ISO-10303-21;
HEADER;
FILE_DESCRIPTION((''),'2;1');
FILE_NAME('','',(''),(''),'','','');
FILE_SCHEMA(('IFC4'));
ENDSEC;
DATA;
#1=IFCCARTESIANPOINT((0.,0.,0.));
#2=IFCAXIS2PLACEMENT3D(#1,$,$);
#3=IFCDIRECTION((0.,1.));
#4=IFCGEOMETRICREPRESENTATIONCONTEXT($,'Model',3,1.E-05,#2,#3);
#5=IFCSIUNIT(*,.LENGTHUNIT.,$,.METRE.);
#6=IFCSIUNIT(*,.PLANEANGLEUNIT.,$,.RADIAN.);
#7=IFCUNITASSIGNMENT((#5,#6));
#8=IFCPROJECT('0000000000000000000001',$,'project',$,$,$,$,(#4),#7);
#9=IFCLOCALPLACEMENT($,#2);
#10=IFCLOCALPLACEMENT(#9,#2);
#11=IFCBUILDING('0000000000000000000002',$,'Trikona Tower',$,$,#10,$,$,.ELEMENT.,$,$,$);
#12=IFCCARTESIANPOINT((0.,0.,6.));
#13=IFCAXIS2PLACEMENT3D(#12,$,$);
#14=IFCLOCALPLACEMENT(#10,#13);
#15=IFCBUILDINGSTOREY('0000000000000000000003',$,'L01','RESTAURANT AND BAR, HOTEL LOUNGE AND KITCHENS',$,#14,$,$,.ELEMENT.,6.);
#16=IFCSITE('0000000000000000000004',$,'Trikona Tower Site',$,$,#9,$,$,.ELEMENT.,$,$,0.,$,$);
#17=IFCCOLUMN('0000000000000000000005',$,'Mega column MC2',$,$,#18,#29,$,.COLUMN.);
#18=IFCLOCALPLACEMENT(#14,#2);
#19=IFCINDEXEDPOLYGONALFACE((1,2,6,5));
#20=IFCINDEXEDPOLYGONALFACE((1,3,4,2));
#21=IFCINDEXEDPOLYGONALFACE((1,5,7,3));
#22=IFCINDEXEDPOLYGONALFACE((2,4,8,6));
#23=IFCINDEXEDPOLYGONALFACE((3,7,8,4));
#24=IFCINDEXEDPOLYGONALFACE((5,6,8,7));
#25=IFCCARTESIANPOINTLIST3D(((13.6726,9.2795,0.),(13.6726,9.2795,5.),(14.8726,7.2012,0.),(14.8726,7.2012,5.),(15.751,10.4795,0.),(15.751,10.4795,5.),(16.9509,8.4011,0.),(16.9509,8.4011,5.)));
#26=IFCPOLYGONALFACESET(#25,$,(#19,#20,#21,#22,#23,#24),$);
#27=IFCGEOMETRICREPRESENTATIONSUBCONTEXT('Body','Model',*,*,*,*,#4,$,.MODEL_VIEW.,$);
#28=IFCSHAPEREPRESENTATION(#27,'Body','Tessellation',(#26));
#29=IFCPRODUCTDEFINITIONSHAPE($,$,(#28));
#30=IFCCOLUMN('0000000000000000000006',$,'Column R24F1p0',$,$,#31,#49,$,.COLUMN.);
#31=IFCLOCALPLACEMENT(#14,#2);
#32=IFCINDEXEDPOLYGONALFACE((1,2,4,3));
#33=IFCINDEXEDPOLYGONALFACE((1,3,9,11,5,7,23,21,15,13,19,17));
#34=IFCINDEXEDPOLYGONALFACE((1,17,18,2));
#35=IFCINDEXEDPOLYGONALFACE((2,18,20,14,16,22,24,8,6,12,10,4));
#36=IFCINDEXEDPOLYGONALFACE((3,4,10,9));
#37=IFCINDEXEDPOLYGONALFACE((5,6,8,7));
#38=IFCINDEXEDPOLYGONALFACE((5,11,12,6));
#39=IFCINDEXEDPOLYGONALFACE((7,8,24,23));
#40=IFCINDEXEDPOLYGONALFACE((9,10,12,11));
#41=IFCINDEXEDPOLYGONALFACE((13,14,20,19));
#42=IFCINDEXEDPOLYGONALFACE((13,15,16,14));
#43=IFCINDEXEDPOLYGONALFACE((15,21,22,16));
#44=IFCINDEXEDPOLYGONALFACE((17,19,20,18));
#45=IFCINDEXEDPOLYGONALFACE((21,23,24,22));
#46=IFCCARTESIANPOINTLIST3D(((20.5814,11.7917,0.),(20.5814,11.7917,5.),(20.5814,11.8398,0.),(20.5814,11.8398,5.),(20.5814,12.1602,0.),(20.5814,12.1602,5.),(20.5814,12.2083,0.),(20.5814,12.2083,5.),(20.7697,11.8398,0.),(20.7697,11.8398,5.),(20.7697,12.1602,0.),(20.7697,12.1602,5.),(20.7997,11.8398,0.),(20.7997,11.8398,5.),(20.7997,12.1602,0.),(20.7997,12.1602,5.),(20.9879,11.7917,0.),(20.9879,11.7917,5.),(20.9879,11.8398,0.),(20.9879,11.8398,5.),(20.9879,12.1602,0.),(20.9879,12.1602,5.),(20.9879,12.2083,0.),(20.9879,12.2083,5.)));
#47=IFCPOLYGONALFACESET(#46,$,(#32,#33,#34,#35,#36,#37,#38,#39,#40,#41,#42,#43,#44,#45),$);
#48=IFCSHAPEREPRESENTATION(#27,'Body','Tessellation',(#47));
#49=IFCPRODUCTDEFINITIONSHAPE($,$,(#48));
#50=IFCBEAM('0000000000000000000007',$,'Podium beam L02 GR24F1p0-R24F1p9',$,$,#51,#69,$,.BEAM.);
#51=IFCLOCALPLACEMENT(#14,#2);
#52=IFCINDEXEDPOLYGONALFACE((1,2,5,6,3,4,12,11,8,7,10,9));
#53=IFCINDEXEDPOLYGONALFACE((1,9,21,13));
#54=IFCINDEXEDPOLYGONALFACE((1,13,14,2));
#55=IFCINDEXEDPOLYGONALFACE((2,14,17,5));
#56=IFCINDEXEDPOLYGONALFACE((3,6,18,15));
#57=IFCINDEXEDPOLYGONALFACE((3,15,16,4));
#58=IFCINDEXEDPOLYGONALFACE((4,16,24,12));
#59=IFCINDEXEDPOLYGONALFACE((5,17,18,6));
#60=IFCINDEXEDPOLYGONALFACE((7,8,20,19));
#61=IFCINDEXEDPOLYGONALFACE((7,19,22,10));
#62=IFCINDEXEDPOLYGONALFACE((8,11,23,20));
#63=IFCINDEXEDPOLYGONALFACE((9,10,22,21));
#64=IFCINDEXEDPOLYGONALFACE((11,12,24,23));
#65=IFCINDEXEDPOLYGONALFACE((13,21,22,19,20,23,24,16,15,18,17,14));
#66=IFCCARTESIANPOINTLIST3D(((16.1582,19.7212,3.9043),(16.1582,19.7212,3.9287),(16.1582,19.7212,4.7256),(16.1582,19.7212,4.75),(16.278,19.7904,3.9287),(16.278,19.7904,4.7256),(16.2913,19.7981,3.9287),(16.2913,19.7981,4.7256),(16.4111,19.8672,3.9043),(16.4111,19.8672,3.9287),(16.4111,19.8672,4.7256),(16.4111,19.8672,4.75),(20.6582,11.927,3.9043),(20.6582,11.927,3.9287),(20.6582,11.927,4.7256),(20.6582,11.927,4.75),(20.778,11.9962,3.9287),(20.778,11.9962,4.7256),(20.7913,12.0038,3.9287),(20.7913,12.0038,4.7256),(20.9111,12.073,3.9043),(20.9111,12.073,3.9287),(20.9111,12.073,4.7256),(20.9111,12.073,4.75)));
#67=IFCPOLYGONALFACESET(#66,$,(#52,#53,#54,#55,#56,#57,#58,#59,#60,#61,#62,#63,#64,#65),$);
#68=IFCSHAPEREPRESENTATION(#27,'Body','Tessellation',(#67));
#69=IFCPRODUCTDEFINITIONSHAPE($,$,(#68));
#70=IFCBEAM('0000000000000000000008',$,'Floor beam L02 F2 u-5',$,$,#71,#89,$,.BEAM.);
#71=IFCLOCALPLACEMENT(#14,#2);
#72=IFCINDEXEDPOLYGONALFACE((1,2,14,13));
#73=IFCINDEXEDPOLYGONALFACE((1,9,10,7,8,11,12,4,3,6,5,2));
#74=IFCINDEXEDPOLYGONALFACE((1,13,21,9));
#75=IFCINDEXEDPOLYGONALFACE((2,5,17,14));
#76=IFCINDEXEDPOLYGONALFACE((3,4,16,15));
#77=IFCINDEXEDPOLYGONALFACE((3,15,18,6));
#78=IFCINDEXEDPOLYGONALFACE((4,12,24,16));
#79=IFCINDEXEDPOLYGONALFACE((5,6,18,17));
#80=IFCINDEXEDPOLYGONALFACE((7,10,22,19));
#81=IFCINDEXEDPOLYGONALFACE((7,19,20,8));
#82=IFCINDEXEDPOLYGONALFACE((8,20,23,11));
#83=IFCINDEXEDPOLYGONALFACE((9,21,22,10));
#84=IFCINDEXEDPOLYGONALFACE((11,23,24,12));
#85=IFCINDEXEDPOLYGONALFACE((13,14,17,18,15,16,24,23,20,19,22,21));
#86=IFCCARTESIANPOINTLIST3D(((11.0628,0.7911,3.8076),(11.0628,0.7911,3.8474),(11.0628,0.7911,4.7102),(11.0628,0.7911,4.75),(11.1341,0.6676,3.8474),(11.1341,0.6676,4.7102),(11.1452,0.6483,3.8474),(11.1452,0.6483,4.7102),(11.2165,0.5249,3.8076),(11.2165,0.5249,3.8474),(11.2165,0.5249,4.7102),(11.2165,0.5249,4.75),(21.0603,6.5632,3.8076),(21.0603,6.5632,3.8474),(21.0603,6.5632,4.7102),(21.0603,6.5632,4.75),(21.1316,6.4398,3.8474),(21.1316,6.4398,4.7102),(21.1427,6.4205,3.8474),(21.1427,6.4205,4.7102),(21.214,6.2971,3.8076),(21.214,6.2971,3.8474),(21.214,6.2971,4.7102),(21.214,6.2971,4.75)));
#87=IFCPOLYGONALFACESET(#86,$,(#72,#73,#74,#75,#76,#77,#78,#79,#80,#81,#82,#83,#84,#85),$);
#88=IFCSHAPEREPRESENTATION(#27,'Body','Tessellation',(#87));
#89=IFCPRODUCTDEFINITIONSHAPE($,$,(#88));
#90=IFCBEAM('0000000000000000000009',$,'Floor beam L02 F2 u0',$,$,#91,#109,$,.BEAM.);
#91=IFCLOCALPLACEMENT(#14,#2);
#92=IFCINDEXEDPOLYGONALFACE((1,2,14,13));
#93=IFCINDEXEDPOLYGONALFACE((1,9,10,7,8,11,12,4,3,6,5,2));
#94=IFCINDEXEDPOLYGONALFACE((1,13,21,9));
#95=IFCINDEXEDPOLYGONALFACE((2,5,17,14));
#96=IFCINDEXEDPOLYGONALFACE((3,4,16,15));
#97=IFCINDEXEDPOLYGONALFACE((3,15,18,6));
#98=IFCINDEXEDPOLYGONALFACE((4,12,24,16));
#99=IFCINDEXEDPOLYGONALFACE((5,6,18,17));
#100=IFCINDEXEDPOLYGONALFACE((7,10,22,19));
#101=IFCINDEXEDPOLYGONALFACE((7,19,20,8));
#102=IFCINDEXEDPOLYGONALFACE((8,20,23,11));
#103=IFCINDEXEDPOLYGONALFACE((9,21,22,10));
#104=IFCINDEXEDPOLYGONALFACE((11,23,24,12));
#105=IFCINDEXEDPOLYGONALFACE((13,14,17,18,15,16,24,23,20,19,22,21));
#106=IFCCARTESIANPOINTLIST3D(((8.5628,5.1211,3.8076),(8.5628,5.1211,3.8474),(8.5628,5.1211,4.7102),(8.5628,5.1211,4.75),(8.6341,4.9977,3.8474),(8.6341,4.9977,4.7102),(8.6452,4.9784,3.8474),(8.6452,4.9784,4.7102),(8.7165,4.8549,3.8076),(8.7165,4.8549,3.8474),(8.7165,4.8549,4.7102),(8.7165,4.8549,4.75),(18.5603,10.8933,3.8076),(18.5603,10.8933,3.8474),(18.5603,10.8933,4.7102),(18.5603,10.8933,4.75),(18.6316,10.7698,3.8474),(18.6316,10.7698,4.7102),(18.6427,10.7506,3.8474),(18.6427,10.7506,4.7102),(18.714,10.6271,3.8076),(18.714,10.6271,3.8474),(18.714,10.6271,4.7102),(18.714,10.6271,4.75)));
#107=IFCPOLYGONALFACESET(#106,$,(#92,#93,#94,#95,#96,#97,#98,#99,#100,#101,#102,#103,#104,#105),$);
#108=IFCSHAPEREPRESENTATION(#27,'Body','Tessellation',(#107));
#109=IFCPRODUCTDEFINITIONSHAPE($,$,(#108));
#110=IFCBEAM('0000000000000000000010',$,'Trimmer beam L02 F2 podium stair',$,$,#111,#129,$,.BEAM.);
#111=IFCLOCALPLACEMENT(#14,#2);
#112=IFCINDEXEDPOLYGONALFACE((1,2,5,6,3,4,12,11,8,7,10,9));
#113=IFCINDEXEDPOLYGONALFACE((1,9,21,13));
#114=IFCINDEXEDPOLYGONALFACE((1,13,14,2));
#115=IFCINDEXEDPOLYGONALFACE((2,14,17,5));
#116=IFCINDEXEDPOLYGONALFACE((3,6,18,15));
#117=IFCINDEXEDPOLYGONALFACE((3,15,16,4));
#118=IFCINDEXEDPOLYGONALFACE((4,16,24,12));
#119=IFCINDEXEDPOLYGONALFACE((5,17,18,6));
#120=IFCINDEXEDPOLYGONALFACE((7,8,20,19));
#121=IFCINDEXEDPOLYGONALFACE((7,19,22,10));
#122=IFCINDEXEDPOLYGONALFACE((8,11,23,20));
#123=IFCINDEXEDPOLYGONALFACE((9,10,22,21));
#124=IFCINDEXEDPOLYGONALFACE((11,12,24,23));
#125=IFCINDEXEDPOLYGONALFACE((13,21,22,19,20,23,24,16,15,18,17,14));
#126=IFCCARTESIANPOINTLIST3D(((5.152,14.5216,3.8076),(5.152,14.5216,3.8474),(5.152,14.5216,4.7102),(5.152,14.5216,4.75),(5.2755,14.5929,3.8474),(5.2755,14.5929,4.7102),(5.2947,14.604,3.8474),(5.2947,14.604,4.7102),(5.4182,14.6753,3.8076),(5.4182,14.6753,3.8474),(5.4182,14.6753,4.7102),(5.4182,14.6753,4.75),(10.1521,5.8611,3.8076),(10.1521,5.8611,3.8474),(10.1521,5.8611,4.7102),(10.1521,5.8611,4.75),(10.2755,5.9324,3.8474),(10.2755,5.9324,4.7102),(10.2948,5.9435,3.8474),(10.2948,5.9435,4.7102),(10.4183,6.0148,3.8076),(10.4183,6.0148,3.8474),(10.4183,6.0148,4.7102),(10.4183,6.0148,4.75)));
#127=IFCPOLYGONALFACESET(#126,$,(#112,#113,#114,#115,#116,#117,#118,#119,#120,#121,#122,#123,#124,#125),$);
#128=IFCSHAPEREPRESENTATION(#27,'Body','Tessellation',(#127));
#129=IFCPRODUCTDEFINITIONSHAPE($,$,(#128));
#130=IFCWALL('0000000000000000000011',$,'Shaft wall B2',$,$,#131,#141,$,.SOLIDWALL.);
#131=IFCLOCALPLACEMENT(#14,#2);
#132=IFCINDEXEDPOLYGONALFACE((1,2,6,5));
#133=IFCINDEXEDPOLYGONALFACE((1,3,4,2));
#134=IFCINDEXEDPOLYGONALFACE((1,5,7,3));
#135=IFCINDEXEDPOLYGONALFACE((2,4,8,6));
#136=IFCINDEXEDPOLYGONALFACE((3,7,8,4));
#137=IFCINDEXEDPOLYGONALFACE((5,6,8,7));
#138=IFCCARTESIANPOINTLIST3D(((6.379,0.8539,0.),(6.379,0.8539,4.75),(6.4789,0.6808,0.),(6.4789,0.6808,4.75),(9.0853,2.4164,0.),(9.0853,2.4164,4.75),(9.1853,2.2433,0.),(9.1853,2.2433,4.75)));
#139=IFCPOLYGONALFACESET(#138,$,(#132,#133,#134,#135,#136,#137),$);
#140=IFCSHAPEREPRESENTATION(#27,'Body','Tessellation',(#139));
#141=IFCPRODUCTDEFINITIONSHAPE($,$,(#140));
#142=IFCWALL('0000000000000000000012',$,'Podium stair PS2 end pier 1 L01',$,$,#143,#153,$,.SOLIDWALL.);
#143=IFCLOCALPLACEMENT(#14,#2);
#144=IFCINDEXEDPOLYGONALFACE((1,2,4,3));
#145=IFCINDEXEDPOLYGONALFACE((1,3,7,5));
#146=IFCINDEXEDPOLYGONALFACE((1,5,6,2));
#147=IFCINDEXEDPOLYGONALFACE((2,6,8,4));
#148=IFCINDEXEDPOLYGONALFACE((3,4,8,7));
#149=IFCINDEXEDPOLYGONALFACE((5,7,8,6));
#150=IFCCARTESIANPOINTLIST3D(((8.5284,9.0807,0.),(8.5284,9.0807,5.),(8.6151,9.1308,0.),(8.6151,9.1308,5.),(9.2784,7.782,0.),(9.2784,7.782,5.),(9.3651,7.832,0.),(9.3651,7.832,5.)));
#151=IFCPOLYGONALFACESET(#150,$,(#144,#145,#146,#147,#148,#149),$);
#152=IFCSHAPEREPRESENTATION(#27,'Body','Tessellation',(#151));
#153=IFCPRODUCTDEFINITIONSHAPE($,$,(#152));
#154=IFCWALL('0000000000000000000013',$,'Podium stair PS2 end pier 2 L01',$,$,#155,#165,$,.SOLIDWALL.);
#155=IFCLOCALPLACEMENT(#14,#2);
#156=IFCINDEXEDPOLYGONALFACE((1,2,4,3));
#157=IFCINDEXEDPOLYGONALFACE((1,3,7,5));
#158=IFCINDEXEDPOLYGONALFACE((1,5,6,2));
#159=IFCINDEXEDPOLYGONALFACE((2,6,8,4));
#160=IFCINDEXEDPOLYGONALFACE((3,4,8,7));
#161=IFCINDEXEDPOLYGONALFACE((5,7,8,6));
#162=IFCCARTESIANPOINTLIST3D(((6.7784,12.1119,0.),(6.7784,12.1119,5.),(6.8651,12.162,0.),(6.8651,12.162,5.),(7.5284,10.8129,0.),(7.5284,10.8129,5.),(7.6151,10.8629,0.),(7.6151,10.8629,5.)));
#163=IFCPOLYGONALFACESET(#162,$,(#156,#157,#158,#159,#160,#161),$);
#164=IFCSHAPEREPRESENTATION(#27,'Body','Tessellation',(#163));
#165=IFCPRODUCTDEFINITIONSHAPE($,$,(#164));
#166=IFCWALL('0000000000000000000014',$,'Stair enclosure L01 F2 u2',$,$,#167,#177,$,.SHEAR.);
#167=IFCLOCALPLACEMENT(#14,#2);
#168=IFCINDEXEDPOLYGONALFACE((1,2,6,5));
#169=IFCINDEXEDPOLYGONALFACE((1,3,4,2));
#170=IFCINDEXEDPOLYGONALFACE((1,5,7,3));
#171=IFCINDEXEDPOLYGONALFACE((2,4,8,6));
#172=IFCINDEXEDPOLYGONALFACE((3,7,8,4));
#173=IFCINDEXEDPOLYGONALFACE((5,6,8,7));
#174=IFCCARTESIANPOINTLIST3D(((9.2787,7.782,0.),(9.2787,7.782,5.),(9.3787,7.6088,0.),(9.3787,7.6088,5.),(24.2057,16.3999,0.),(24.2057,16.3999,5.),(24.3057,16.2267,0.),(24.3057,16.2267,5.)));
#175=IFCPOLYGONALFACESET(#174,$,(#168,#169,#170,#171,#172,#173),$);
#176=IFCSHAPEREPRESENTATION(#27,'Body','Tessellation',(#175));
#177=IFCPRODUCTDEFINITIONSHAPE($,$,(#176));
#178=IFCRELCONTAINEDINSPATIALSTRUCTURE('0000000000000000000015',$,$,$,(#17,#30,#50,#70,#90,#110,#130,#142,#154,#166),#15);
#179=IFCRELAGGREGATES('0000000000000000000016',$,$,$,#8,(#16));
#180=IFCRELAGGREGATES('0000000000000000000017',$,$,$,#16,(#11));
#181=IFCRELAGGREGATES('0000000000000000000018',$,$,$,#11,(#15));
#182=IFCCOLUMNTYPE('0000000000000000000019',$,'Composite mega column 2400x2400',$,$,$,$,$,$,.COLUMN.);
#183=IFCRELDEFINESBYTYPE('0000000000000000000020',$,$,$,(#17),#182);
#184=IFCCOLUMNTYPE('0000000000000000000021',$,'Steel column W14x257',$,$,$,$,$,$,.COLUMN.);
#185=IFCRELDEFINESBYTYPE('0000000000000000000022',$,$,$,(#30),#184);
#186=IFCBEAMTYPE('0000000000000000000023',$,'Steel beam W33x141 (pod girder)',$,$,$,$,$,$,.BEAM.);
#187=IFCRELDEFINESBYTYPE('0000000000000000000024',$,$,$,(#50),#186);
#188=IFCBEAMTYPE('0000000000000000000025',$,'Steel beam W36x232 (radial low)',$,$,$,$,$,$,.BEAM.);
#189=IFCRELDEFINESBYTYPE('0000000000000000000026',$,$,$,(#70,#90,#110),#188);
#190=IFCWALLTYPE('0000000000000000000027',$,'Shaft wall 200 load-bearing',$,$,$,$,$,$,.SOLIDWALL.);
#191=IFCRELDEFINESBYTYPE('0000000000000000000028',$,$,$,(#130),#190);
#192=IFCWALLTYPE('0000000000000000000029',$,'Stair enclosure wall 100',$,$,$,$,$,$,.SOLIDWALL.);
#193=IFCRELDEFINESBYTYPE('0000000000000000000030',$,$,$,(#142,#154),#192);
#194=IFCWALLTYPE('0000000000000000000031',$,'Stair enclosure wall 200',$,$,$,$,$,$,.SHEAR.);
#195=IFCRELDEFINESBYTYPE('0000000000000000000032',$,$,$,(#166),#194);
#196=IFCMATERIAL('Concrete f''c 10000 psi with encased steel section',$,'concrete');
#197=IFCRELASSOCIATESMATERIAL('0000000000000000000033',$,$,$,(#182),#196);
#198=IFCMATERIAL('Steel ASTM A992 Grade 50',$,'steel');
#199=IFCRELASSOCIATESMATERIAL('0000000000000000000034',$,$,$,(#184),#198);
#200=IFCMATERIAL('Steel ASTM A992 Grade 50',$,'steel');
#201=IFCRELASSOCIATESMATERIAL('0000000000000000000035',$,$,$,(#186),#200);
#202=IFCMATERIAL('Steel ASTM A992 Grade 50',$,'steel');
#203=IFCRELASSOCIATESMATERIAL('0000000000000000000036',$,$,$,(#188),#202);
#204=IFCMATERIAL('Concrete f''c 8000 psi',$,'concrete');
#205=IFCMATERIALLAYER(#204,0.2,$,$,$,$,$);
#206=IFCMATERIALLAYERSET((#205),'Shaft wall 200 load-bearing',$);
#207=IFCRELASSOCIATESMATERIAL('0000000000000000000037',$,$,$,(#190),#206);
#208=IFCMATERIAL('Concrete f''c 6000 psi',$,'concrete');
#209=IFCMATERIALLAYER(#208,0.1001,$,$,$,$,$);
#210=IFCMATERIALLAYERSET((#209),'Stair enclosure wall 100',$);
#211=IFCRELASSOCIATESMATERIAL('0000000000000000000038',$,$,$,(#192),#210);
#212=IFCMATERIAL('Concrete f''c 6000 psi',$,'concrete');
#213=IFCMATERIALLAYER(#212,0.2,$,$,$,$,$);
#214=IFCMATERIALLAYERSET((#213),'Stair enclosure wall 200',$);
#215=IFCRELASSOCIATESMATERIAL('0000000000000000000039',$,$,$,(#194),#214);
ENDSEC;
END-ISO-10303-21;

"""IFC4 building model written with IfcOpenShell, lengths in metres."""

from ifc_helpers import new_model, si_unit, direction, frame, frame_2d, origin, origin_2d, place, context, subcontext, project, spatial, rectangle, i_section, extrude, material, layer, layer_set, material_profile, profile_set, type_object, element, save


model = new_model("IFC4")

# Units and contexts
model_context = context("Model", 3, precision=1e-05, world=origin(), true_north=direction((0.0, 1.0)))
body_context = subcontext(model_context, "Body", "Model", "MODEL_VIEW")
ifc_project = project(units=[si_unit("LENGTHUNIT", "METRE"), si_unit("PLANEANGLEUNIT", "RADIAN")], contexts=[model_context])

# Site, building, storey
site_placement = place(None, origin())
site = spatial("IfcSite", under=ifc_project, at=site_placement, Name="Trikona Tower Site", CompositionType="ELEMENT", RefElevation=0.0)
building_placement = place(site_placement, origin())
building = spatial("IfcBuilding", under=site, at=building_placement, Name="Trikona Tower", CompositionType="ELEMENT")
storey_placement = place(building_placement, frame((0.0, 0.0, 6.0)))
storey = spatial("IfcBuildingStorey", under=building, at=storey_placement, Name="L01", Description="RESTAURANT AND BAR, HOTEL LOUNGE AND KITCHENS", CompositionType="ELEMENT", Elevation=6.0)

# Columns
ifc_material_1 = material(Name="Concrete f'c 10000 psi with encased steel section", Category="concrete")
ifc_material_profile_1 = material_profile(ifc_material_1, rectangle(XDim=2.3999, YDim=2.3999, at=origin_2d()), Name="MC2400")
ifc_profile_set_1 = profile_set([ifc_material_profile_1], Name="Concrete f'c 10000 psi with encased steel section")
column_type_1 = type_object("IfcColumnType", Name="Composite mega column 2400x2400", PredefinedType="COLUMN", material=ifc_profile_set_1)
column_1_placement = place(storey_placement, frame((15.3118, 8.8403, 0.0), z_axis=(0.0, 0.0, 1.0), x_axis=(0.866025, 0.5, 0.0)))
element("IfcColumn", 1, at=column_1_placement, inside=storey, type_object=column_type_1, Name="Mega column MC2", PredefinedType="COLUMN", context=body_context, shape_type="SweptSolid", body=[
    extrude(rectangle(XDim=2.3999, YDim=2.3999, at=origin_2d()), origin(), (0.0, 0.0, 1.0), 5.0),
])
ifc_material_2 = material(Name="Steel ASTM A992 Grade 50", Category="steel")
ifc_material_profile_2 = material_profile(ifc_material_2, i_section(OverallWidth=0.4065, OverallDepth=0.4165, WebThickness=0.03, FlangeThickness=0.0481, at=origin_2d()), Name="W14X257")
ifc_profile_set_2 = profile_set([ifc_material_profile_2], Name="Steel ASTM A992 Grade 50")
column_type_2 = type_object("IfcColumnType", Name="Steel column W14x257", PredefinedType="COLUMN", material=ifc_profile_set_2)
column_2_placement = place(storey_placement, frame((20.7847, 12.0, 0.0), z_axis=(0.0, 0.0, 1.0), x_axis=(1.0, 0.0, 0.0)))
element("IfcColumn", 2, at=column_2_placement, inside=storey, type_object=column_type_2, Name="Column R24F1p0", PredefinedType="COLUMN", context=body_context, shape_type="SweptSolid", body=[
    extrude(i_section(OverallWidth=0.4065, OverallDepth=0.4165, WebThickness=0.03, FlangeThickness=0.0481, at=origin_2d()), origin(), (0.0, 0.0, 1.0), 5.0),
])

# Beams
ifc_material_3 = material(Name="Steel ASTM A992 Grade 50", Category="steel")
ifc_material_profile_3 = material_profile(ifc_material_3, i_section(OverallWidth=0.292, OverallDepth=0.8457, WebThickness=0.0154, FlangeThickness=0.0244, at=origin_2d()), Name="W33X141")
ifc_profile_set_3 = profile_set([ifc_material_profile_3], Name="Steel ASTM A992 Grade 50")
beam_type_1 = type_object("IfcBeamType", Name="Steel beam W33x141 (pod girder)", PredefinedType="BEAM", material=ifc_profile_set_3)
beam_1_placement = place(storey_placement, frame((20.7847, 12.0, 4.3271), z_axis=(-0.500002, 0.866024, 0.0), x_axis=(-0.866024, -0.500002, 0.0)))
element("IfcBeam", 3, at=beam_1_placement, inside=storey, type_object=beam_type_1, Name="Podium beam L02 GR24F1p0-R24F1p9", PredefinedType="BEAM", context=body_context, shape_type="SweptSolid", body=[
    extrude(i_section(OverallWidth=0.292, OverallDepth=0.8457, WebThickness=0.0154, FlangeThickness=0.0244, at=origin_2d()), origin(), (0.0, 0.0, 1.0), 9.0),
])
ifc_material_4 = material(Name="Steel ASTM A992 Grade 50", Category="steel")
ifc_material_profile_4 = material_profile(ifc_material_4, i_section(OverallWidth=0.3074, OverallDepth=0.9424, WebThickness=0.0222, FlangeThickness=0.0398, at=origin_2d()), Name="W36X232")
ifc_profile_set_4 = profile_set([ifc_material_profile_4], Name="Steel ASTM A992 Grade 50")
beam_type_2 = type_object("IfcBeamType", Name="Steel beam W36x232 (radial low)", PredefinedType="BEAM", material=ifc_profile_set_4)
for number, where, z_axis, x_axis, name in (
    (4, (11.1396, 0.658, 4.2788), (0.866021, 0.500008, 0.0), (-0.500008, 0.866021, 0.0), "Floor beam L02 F2 u-5"),
    (5, (8.6396, 4.988, 4.2788), (0.866021, 0.500008, 0.0), (-0.500008, 0.866021, 0.0), "Floor beam L02 F2 u0"),
):
    element("IfcBeam", number, at=place(storey_placement, frame(where, z_axis=z_axis, x_axis=x_axis)), inside=storey, type_object=beam_type_2, Name=name, PredefinedType="BEAM", context=body_context, shape_type="SweptSolid", body=[
        extrude(i_section(OverallWidth=0.3074, OverallDepth=0.9424, WebThickness=0.0222, FlangeThickness=0.0398, at=origin_2d()), origin(), (0.0, 0.0, 1.0), 11.5442),
    ])
beam_2_placement = place(storey_placement, frame((10.2852, 5.938, 4.2788), z_axis=(-0.499994, 0.866029, 0.0), x_axis=(-0.866029, -0.499994, 0.0)))
element("IfcBeam", 6, at=beam_2_placement, inside=storey, type_object=beam_type_2, Name="Trimmer beam L02 F2 podium stair", PredefinedType="BEAM", context=body_context, shape_type="SweptSolid", body=[
    extrude(i_section(OverallWidth=0.3074, OverallDepth=0.9424, WebThickness=0.0222, FlangeThickness=0.0398, at=origin_2d()), origin(), (0.0, 0.0, 1.0), 10.0002),
])

# Walls
ifc_material_5 = material(Name="Concrete f'c 8000 psi", Category="concrete")
ifc_layer_1 = layer(ifc_material_5, 0.2)
ifc_layer_set_1 = layer_set([ifc_layer_1], Name="Shaft wall 200 load-bearing")
wall_type_1 = type_object("IfcWallType", Name="Shaft wall 200 load-bearing", PredefinedType="SOLIDWALL", material=ifc_layer_set_1)
wall_1_placement = place(storey_placement, frame((6.429, 0.7673, 0.0), z_axis=(0.0, 0.0, 1.0), x_axis=(0.866023, 0.500004, 0.0)))
element("IfcWall", 7, at=wall_1_placement, inside=storey, type_object=wall_type_1, Name="Shaft wall B2", PredefinedType="SOLIDWALL", context=body_context, shape_type="SweptSolid", body=[
    extrude(rectangle(XDim=3.125, YDim=0.2, at=frame_2d((1.5625, 0.0))), origin(), (0.0, 0.0, 1.0), 4.75),
])
ifc_material_6 = material(Name="Concrete f'c 6000 psi", Category="concrete")
ifc_layer_2 = layer(ifc_material_6, 0.1001)
ifc_layer_set_2 = layer_set([ifc_layer_2], Name="Stair enclosure wall 100")
wall_type_2 = type_object("IfcWallType", Name="Stair enclosure wall 100", PredefinedType="SOLIDWALL", material=ifc_layer_set_2)
wall_2_placement = place(storey_placement, frame((9.3218, 7.8069, 0.0), z_axis=(0.0, 0.0, 1.0), x_axis=(-0.500061, 0.86599, 0.0)))
element("IfcWall", 8, at=wall_2_placement, inside=storey, type_object=wall_type_2, Name="Podium stair PS2 end pier 1 L01", PredefinedType="SOLIDWALL", context=body_context, shape_type="SweptSolid", body=[
    extrude(rectangle(XDim=1.4998, YDim=0.1001, at=frame_2d((0.75, 0.0))), origin(), (0.0, 0.0, 1.0), 5.0),
])
wall_3_placement = place(storey_placement, frame((7.5718, 10.8379, 0.0), z_axis=(0.0, 0.0, 1.0), x_axis=(-0.49999, 0.866031, 0.0)))
element("IfcWall", 9, at=wall_3_placement, inside=storey, type_object=wall_type_2, Name="Podium stair PS2 end pier 2 L01", PredefinedType="SOLIDWALL", context=body_context, shape_type="SweptSolid", body=[
    extrude(rectangle(XDim=1.5, YDim=0.1001, at=frame_2d((0.75, 0.0))), origin(), (0.0, 0.0, 1.0), 5.0),
])
ifc_material_7 = material(Name="Concrete f'c 6000 psi", Category="concrete")
ifc_layer_3 = layer(ifc_material_7, 0.2)
ifc_layer_set_3 = layer_set([ifc_layer_3], Name="Stair enclosure wall 200")
wall_type_3 = type_object("IfcWallType", Name="Stair enclosure wall 200", PredefinedType="SHEAR", material=ifc_layer_set_3)
wall_4_placement = place(storey_placement, frame((9.3286, 7.6953, 0.0), z_axis=(0.0, 0.0, 1.0), x_axis=(0.86603, 0.499992, 0.0)))
element("IfcWall", 10, at=wall_4_placement, inside=storey, type_object=wall_type_3, Name="Stair enclosure L01 F2 u2", PredefinedType="SHEAR", context=body_context, shape_type="SweptSolid", body=[
    extrude(rectangle(XDim=17.2361, YDim=0.2, at=frame_2d((8.6182, 0.0))), origin(), (0.0, 0.0, 1.0), 5.0),
])

save(model, "model.ifc")
